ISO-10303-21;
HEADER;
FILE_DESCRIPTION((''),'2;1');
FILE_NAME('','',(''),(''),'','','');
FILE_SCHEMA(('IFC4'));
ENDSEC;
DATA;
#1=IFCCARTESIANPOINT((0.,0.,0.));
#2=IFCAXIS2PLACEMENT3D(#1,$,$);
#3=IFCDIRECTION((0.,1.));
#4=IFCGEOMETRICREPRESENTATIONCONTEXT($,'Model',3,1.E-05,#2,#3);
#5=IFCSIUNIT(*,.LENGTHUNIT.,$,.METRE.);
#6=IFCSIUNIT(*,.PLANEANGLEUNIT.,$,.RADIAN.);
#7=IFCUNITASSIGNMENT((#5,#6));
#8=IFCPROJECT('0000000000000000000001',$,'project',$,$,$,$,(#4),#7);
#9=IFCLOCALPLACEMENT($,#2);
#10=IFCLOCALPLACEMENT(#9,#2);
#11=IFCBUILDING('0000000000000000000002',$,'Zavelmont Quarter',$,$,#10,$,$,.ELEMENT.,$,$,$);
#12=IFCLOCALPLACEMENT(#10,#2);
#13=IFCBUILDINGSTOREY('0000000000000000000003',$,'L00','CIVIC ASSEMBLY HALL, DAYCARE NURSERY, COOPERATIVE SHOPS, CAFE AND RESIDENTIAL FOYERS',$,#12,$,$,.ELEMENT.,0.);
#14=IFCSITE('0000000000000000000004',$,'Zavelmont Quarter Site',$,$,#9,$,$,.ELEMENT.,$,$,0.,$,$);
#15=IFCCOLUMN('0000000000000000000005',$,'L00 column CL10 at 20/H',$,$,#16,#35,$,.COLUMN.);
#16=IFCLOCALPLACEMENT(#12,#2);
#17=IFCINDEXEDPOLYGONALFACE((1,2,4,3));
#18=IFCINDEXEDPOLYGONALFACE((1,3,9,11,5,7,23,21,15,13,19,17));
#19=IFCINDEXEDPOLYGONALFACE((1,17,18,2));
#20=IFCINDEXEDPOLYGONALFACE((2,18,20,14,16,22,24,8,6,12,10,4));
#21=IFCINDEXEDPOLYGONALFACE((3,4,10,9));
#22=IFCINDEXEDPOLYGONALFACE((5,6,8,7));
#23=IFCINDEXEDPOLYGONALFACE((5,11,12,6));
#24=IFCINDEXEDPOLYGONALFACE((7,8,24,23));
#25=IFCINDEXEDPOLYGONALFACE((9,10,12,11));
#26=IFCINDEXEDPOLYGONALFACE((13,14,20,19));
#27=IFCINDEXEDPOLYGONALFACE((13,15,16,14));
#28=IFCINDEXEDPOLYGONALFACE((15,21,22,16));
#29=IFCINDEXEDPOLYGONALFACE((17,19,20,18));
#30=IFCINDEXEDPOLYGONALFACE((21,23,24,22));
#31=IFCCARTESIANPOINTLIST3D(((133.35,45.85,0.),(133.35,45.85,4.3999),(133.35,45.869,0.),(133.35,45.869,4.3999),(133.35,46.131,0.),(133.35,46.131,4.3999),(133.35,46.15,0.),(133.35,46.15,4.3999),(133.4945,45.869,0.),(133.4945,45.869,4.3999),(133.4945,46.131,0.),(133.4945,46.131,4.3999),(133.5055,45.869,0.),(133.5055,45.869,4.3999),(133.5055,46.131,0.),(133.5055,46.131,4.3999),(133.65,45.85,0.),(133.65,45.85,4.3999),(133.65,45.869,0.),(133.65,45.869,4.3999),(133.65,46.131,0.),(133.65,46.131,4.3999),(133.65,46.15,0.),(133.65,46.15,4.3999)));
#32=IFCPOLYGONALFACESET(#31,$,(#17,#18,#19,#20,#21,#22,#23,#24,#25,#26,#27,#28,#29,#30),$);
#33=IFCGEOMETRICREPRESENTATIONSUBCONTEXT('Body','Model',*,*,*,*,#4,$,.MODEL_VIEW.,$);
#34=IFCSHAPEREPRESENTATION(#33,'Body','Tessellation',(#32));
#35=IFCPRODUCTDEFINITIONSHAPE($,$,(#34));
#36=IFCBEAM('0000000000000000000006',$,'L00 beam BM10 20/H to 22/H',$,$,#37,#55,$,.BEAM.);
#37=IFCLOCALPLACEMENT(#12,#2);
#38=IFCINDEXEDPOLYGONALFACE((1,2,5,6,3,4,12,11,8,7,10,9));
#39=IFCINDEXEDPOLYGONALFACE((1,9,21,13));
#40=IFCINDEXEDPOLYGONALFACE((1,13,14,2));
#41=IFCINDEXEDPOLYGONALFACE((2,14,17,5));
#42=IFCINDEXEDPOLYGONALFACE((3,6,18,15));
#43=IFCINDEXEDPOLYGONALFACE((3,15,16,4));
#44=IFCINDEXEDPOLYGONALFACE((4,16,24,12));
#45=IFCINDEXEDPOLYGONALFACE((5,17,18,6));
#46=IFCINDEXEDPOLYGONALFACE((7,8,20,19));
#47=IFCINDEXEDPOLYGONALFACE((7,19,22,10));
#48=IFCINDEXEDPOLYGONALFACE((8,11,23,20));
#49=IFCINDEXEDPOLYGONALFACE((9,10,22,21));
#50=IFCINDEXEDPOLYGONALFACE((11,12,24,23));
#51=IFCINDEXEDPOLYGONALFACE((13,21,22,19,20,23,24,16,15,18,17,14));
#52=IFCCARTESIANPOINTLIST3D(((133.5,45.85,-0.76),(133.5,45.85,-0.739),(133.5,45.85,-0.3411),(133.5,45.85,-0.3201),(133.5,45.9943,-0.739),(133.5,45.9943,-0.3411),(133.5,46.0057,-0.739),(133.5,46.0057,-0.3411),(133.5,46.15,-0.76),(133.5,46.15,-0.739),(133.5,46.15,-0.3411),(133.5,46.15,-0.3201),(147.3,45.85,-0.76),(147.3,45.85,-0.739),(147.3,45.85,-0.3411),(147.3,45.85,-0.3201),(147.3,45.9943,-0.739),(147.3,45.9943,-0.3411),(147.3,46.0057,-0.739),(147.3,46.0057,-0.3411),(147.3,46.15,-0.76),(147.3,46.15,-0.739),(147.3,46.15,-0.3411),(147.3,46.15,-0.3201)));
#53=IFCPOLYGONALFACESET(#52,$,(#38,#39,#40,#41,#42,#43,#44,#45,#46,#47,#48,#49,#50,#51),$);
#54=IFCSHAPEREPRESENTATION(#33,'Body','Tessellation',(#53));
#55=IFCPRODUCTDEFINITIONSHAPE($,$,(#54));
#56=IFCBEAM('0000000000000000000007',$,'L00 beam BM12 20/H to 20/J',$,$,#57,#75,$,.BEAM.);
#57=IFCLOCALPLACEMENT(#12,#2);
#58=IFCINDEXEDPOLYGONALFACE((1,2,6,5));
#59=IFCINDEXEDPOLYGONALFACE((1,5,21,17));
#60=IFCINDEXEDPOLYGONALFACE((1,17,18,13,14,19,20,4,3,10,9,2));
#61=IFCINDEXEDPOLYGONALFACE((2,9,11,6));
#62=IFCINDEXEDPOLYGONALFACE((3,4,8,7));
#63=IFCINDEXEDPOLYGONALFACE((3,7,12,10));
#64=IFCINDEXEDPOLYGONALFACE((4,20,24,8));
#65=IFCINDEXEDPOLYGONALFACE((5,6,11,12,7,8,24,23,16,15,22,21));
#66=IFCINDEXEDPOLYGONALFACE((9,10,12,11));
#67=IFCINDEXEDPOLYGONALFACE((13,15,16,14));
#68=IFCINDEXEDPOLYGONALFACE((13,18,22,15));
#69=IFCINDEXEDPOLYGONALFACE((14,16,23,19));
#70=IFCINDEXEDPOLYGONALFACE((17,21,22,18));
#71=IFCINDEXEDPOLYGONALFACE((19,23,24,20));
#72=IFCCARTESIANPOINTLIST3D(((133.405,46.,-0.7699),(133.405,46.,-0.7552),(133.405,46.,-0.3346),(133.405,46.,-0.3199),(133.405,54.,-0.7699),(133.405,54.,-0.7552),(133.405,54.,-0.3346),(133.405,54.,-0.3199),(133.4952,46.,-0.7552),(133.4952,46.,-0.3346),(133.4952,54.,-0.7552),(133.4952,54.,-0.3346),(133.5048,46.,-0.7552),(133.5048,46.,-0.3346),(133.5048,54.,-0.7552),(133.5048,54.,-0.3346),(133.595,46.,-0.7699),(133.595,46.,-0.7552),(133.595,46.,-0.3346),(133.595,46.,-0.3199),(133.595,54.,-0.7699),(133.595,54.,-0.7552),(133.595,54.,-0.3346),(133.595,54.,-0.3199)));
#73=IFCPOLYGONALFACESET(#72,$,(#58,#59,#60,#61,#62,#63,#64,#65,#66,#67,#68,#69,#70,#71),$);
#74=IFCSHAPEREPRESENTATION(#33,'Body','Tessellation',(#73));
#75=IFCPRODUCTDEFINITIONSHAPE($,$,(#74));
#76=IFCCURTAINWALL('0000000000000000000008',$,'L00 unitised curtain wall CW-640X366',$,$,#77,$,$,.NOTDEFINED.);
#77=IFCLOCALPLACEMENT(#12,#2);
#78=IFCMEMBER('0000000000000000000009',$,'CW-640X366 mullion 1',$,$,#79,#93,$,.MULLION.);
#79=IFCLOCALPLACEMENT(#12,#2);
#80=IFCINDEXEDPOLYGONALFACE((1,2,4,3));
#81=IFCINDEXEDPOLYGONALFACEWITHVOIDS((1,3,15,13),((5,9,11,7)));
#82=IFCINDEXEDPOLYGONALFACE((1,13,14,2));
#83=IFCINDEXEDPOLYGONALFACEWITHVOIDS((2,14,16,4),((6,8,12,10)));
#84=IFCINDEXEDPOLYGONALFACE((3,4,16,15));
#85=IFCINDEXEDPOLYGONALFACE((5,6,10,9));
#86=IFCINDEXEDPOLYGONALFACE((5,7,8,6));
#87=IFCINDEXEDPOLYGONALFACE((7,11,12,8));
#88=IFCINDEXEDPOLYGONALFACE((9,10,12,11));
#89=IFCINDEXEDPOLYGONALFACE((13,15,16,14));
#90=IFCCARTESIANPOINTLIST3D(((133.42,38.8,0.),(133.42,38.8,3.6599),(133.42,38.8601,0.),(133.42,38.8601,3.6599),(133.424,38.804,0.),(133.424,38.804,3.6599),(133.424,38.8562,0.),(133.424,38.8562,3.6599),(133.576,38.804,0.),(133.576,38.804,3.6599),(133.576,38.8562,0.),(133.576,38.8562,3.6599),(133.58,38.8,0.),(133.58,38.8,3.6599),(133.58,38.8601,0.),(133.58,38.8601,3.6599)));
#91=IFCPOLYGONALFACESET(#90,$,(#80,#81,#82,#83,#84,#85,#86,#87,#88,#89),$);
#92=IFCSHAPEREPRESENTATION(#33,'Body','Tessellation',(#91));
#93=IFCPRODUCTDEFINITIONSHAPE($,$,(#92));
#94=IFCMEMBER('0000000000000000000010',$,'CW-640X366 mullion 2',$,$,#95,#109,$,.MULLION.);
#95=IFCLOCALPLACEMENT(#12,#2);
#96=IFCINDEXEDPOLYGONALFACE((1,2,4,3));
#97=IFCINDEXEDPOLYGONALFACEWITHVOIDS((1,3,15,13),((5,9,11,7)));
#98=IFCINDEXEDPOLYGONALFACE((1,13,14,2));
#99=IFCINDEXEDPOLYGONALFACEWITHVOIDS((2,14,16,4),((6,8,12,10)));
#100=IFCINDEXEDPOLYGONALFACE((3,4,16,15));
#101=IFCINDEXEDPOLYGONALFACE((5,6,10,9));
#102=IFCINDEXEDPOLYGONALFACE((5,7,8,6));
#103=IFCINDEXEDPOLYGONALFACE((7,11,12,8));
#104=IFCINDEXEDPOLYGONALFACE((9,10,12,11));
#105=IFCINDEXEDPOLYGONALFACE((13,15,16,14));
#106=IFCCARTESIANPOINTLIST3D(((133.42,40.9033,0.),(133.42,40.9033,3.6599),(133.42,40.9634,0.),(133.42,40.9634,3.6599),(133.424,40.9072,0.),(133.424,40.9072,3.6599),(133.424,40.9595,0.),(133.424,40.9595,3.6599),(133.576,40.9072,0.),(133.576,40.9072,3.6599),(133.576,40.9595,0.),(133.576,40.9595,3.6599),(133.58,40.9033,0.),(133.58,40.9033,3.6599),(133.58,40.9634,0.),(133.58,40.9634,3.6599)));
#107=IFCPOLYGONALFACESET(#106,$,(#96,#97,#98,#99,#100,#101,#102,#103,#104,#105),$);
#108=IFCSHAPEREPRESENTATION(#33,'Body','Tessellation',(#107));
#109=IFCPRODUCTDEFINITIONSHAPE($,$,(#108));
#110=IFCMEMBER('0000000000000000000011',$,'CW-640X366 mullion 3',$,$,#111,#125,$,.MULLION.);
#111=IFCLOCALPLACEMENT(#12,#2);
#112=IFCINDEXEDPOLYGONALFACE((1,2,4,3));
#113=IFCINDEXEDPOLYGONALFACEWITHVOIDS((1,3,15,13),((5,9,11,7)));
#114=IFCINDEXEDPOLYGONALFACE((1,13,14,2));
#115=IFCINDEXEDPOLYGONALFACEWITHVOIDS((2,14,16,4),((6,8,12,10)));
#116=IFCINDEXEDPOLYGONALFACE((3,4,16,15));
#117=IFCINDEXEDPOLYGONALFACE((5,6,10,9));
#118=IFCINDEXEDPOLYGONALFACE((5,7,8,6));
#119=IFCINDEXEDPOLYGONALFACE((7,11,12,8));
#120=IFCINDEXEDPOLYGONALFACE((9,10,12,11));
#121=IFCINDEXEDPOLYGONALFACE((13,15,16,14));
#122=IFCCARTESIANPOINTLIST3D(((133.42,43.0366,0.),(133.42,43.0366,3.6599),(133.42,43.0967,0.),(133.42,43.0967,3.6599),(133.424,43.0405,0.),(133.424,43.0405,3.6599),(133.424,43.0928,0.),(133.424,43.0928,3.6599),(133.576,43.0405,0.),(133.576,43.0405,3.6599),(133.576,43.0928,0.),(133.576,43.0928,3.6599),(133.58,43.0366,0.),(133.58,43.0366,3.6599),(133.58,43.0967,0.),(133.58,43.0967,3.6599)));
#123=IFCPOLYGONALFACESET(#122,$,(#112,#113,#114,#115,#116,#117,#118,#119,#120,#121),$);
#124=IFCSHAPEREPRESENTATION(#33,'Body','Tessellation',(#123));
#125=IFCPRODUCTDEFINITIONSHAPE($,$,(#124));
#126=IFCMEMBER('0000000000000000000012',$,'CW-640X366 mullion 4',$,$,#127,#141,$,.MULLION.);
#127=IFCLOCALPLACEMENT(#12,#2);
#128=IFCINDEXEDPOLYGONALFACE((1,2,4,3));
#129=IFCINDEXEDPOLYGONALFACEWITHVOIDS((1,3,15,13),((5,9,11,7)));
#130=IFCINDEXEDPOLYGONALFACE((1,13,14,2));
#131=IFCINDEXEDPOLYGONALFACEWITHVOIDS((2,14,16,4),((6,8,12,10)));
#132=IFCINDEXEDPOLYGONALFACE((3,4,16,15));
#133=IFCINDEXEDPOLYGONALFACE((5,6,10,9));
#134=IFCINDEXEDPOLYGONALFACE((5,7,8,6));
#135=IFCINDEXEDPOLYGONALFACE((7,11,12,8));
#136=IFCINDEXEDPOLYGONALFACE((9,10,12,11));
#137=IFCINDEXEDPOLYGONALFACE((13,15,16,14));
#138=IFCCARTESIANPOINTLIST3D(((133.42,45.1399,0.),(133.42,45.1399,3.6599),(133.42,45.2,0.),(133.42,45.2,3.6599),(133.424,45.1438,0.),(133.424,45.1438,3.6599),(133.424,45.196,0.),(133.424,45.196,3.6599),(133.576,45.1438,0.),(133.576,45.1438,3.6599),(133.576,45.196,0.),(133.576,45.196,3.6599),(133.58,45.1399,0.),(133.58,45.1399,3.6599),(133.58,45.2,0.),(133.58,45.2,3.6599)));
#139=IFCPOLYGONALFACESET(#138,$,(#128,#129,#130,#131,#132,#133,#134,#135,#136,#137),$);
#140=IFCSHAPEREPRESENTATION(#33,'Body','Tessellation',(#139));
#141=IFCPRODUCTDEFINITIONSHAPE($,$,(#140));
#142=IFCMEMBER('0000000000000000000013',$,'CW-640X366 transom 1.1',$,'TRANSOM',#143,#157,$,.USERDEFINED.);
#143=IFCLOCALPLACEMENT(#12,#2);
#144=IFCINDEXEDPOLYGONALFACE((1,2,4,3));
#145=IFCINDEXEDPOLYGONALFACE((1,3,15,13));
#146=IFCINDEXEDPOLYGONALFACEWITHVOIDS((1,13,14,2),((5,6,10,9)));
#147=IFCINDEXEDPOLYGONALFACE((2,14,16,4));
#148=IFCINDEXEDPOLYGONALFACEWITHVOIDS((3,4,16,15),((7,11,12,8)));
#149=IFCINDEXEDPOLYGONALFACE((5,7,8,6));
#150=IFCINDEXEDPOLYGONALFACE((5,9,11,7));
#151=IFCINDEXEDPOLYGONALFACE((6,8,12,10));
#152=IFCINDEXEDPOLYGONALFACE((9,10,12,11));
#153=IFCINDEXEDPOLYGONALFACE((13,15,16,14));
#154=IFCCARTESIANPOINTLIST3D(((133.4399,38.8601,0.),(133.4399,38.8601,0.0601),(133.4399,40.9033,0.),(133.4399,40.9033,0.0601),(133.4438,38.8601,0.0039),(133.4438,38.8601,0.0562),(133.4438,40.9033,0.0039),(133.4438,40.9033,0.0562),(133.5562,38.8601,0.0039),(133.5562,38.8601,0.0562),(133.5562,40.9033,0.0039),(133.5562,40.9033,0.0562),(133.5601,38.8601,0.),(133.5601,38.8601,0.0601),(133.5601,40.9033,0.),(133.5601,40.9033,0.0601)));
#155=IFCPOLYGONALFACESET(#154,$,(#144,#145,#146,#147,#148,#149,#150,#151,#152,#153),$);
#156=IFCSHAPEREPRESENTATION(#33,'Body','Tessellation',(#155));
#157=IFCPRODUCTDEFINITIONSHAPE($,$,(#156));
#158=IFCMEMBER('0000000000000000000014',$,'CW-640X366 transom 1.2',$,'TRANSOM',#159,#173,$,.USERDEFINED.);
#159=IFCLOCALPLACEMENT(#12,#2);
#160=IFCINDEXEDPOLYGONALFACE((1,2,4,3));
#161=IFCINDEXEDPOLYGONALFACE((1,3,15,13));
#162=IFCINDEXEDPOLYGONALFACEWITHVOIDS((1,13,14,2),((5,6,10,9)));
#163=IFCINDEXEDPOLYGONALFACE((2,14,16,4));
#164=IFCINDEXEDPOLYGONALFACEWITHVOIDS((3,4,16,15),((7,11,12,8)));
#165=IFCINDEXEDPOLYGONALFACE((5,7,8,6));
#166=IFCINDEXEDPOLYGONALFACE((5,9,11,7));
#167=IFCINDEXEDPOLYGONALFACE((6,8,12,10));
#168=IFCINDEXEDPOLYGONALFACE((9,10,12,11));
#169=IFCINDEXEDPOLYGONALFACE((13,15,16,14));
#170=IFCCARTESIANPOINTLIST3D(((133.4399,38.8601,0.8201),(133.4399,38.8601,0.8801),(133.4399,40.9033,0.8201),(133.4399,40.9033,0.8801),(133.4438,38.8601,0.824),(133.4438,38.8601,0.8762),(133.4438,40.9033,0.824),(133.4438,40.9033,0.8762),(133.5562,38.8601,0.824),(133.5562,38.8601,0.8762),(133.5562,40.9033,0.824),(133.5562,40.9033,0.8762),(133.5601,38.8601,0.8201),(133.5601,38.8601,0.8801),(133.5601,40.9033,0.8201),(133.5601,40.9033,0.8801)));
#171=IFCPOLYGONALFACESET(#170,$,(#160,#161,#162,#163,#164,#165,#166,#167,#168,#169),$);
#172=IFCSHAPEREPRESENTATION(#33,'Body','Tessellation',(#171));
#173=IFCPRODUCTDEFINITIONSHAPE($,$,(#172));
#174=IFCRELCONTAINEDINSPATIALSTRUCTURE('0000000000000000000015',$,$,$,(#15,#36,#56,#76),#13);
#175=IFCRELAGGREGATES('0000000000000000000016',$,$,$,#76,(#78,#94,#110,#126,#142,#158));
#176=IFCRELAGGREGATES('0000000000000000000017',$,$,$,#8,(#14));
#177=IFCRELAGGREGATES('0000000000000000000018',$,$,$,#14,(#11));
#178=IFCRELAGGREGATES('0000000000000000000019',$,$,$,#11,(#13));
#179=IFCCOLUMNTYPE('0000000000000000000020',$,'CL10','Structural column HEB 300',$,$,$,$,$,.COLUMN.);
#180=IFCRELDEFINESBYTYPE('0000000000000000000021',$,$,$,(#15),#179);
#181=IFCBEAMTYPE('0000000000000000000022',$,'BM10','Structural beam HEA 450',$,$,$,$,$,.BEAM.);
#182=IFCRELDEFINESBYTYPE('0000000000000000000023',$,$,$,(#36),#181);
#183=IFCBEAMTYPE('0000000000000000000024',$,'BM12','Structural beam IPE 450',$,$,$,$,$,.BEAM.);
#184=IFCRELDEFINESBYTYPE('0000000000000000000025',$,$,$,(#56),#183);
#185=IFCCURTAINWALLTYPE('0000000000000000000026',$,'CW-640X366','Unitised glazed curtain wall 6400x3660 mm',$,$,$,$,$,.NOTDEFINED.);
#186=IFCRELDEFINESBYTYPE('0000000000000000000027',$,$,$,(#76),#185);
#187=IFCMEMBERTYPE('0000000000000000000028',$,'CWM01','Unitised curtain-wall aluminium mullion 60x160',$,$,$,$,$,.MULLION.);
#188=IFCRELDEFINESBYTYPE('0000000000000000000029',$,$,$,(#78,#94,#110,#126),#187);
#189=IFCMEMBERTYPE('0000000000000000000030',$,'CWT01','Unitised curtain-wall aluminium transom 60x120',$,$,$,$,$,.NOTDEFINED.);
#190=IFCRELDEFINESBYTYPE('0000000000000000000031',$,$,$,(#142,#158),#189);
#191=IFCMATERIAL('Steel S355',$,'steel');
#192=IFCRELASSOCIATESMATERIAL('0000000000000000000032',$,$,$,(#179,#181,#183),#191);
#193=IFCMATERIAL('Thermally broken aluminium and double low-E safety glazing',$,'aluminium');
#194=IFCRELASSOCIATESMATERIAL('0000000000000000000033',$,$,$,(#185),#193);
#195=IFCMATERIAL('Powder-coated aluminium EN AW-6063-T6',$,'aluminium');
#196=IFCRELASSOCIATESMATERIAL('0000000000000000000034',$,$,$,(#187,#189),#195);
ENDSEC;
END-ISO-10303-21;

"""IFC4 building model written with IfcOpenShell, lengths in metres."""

from ifc_helpers import new_model, si_unit, direction, frame, origin, origin_2d, place, context, subcontext, project, spatial, hollow_rectangle, i_section, extrude, material, material_profile, profile_set, type_object, element, aggregate, save


model = new_model("IFC4")

# Units and contexts
model_context = context("Model", 3, precision=1e-05, world=origin(), true_north=direction((0.0, 1.0)))
body_context = subcontext(model_context, "Body", "Model", "MODEL_VIEW")
ifc_project = project(units=[si_unit("LENGTHUNIT", "METRE"), si_unit("PLANEANGLEUNIT", "RADIAN")], contexts=[model_context])

# Site, building, storey
site_placement = place(None, origin())
site = spatial("IfcSite", under=ifc_project, at=site_placement, Name="Zavelmont Quarter Site", CompositionType="ELEMENT", RefElevation=0.0)
building_placement = place(site_placement, origin())
building = spatial("IfcBuilding", under=site, at=building_placement, Name="Zavelmont Quarter", CompositionType="ELEMENT")
storey_placement = place(building_placement, origin())
storey = spatial("IfcBuildingStorey", under=building, at=storey_placement, Name="L00", Description="CIVIC ASSEMBLY HALL, DAYCARE NURSERY, COOPERATIVE SHOPS, CAFE AND RESIDENTIAL FOYERS", CompositionType="ELEMENT", Elevation=0.0)

# Column
ifc_material_1 = material(Name="Steel S355", Category="steel")
ifc_material_profile_1 = material_profile(ifc_material_1, i_section(OverallWidth=0.3, OverallDepth=0.3, WebThickness=0.011, FlangeThickness=0.019, at=origin_2d()), Name="HEB 300")
ifc_profile_set_1 = profile_set([ifc_material_profile_1], Name="Steel S355")
column_type = type_object("IfcColumnType", Name="CL10", Description="Structural column HEB 300", PredefinedType="COLUMN", material=ifc_profile_set_1)
column_placement = place(storey_placement, frame((133.5, 46.0, 0.0), z_axis=(0.0, 0.0, 1.0), x_axis=(1.0, 0.0, 0.0)))
element("IfcColumn", 1, at=column_placement, inside=storey, type_object=column_type, Name="L00 column CL10 at 20/H", PredefinedType="COLUMN", context=body_context, shape_type="SweptSolid", body=[
    extrude(i_section(OverallWidth=0.3, OverallDepth=0.3, WebThickness=0.011, FlangeThickness=0.019, at=origin_2d()), origin(), (0.0, 0.0, 1.0), 4.3999),
])

# Beams
ifc_material_profile_2 = material_profile(ifc_material_1, i_section(OverallWidth=0.3, OverallDepth=0.4399, WebThickness=0.0115, FlangeThickness=0.021, at=origin_2d()), Name="HEA 450")
ifc_profile_set_2 = profile_set([ifc_material_profile_2], Name="Steel S355")
beam_type_1 = type_object("IfcBeamType", Name="BM10", Description="Structural beam HEA 450", PredefinedType="BEAM", material=ifc_profile_set_2)
beam_1_placement = place(storey_placement, frame((133.5, 46.0, -0.54), z_axis=(1.0, 0.0, 0.0), x_axis=(0.0, 1.0, 0.0)))
element("IfcBeam", 2, at=beam_1_placement, inside=storey, type_object=beam_type_1, Name="L00 beam BM10 20/H to 22/H", PredefinedType="BEAM", context=body_context, shape_type="SweptSolid", body=[
    extrude(i_section(OverallWidth=0.3, OverallDepth=0.4399, WebThickness=0.0115, FlangeThickness=0.021, at=origin_2d()), origin(), (0.0, 0.0, 1.0), 13.8),
])
ifc_material_profile_3 = material_profile(ifc_material_1, i_section(OverallWidth=0.1899, OverallDepth=0.45, WebThickness=0.0095, FlangeThickness=0.0146, at=origin_2d()), Name="IPE 450")
ifc_profile_set_3 = profile_set([ifc_material_profile_3], Name="Steel S355")
beam_type_2 = type_object("IfcBeamType", Name="BM12", Description="Structural beam IPE 450", PredefinedType="BEAM", material=ifc_profile_set_3)
beam_2_placement = place(storey_placement, frame((133.5, 46.0, -0.5449), z_axis=(0.0, 1.0, 0.0), x_axis=(-1.0, 0.0, 0.0)))
element("IfcBeam", 3, at=beam_2_placement, inside=storey, type_object=beam_type_2, Name="L00 beam BM12 20/H to 20/J", PredefinedType="BEAM", context=body_context, shape_type="SweptSolid", body=[
    extrude(i_section(OverallWidth=0.1899, OverallDepth=0.45, WebThickness=0.0095, FlangeThickness=0.0146, at=origin_2d()), origin(), (0.0, 0.0, 1.0), 8.0),
])

# Curtain wall, members
ifc_material_2 = material(Name="Thermally broken aluminium and double low-E safety glazing", Category="aluminium")
curtain_wall_type_1 = type_object("IfcCurtainWallType", Name="CW-640X366", Description="Unitised glazed curtain wall 6400x3660 mm", PredefinedType="NOTDEFINED", material=ifc_material_2)
curtain_wall_1_placement = place(storey_placement, origin())
curtain_wall_1 = element("IfcCurtainWall", 4, at=curtain_wall_1_placement, inside=storey, type_object=curtain_wall_type_1, Name="L00 unitised curtain wall CW-640X366", PredefinedType="NOTDEFINED")
ifc_material_3 = material(Name="Powder-coated aluminium EN AW-6063-T6", Category="aluminium")
ifc_material_profile_4 = material_profile(ifc_material_3, hollow_rectangle(XDim=0.0601, YDim=0.1599, WallThickness=0.0039, at=origin_2d()), Name="CWM60X160")
ifc_profile_set_4 = profile_set([ifc_material_profile_4], Name="Powder-coated aluminium EN AW-6063-T6")
member_type_1 = type_object("IfcMemberType", Name="CWM01", Description="Unitised curtain-wall aluminium mullion 60x160", PredefinedType="MULLION", material=ifc_profile_set_4)
member_1_placement = place(storey_placement, frame((133.5, 38.8301, 0.0), z_axis=(0.0, 0.0, 1.0), x_axis=(0.0, 1.0, 0.0)))
member_1 = element("IfcMember", 5, at=member_1_placement, type_object=member_type_1, Name="CW-640X366 mullion 1", PredefinedType="MULLION", context=body_context, shape_type="SweptSolid", body=[
    extrude(hollow_rectangle(XDim=0.0601, YDim=0.1599, WallThickness=0.0039, at=origin_2d()), origin(), (0.0, 0.0, 1.0), 3.6599),
])
member_2_placement = place(storey_placement, frame((133.5, 40.9333, 0.0), z_axis=(0.0, 0.0, 1.0), x_axis=(0.0, 1.0, 0.0)))
member_2 = element("IfcMember", 6, at=member_2_placement, type_object=member_type_1, Name="CW-640X366 mullion 2", PredefinedType="MULLION", context=body_context, shape_type="SweptSolid", body=[
    extrude(hollow_rectangle(XDim=0.0601, YDim=0.1599, WallThickness=0.0039, at=origin_2d()), origin(), (0.0, 0.0, 1.0), 3.6599),
])
member_3_placement = place(storey_placement, frame((133.5, 43.0667, 0.0), z_axis=(0.0, 0.0, 1.0), x_axis=(0.0, 1.0, 0.0)))
member_3 = element("IfcMember", 7, at=member_3_placement, type_object=member_type_1, Name="CW-640X366 mullion 3", PredefinedType="MULLION", context=body_context, shape_type="SweptSolid", body=[
    extrude(hollow_rectangle(XDim=0.0601, YDim=0.1599, WallThickness=0.0039, at=origin_2d()), origin(), (0.0, 0.0, 1.0), 3.6599),
])
member_4_placement = place(storey_placement, frame((133.5, 45.1699, 0.0), z_axis=(0.0, 0.0, 1.0), x_axis=(0.0, 1.0, 0.0)))
member_4 = element("IfcMember", 8, at=member_4_placement, type_object=member_type_1, Name="CW-640X366 mullion 4", PredefinedType="MULLION", context=body_context, shape_type="SweptSolid", body=[
    extrude(hollow_rectangle(XDim=0.0601, YDim=0.1599, WallThickness=0.0039, at=origin_2d()), origin(), (0.0, 0.0, 1.0), 3.6599),
])
ifc_material_profile_5 = material_profile(ifc_material_3, hollow_rectangle(XDim=0.1201, YDim=0.0601, WallThickness=0.0039, at=origin_2d()), Name="CWT60X120")
ifc_profile_set_5 = profile_set([ifc_material_profile_5], Name="Powder-coated aluminium EN AW-6063-T6")
member_type_2 = type_object("IfcMemberType", Name="CWT01", Description="Unitised curtain-wall aluminium transom 60x120", PredefinedType="NOTDEFINED", material=ifc_profile_set_5)
member_5_placement = place(storey_placement, frame((133.5, 38.8601, 0.03), z_axis=(0.0, 1.0, 0.0), x_axis=(-1.0, 0.0, 0.0)))
member_5 = element("IfcMember", 9, at=member_5_placement, type_object=member_type_2, Name="CW-640X366 transom 1.1", ObjectType="TRANSOM", PredefinedType="USERDEFINED", context=body_context, shape_type="SweptSolid", body=[
    extrude(hollow_rectangle(XDim=0.1201, YDim=0.0601, WallThickness=0.0039, at=origin_2d()), origin(), (0.0, 0.0, 1.0), 2.0432),
])
member_6_placement = place(storey_placement, frame((133.5, 38.8601, 0.8501), z_axis=(0.0, 1.0, 0.0), x_axis=(-1.0, 0.0, 0.0)))
member_6 = element("IfcMember", 10, at=member_6_placement, type_object=member_type_2, Name="CW-640X366 transom 1.2", ObjectType="TRANSOM", PredefinedType="USERDEFINED", context=body_context, shape_type="SweptSolid", body=[
    extrude(hollow_rectangle(XDim=0.1201, YDim=0.0601, WallThickness=0.0039, at=origin_2d()), origin(), (0.0, 0.0, 1.0), 2.0432),
])

aggregate(curtain_wall_1, [member_1, member_2, member_3, member_4, member_5, member_6])

save(model, "model.ifc")
